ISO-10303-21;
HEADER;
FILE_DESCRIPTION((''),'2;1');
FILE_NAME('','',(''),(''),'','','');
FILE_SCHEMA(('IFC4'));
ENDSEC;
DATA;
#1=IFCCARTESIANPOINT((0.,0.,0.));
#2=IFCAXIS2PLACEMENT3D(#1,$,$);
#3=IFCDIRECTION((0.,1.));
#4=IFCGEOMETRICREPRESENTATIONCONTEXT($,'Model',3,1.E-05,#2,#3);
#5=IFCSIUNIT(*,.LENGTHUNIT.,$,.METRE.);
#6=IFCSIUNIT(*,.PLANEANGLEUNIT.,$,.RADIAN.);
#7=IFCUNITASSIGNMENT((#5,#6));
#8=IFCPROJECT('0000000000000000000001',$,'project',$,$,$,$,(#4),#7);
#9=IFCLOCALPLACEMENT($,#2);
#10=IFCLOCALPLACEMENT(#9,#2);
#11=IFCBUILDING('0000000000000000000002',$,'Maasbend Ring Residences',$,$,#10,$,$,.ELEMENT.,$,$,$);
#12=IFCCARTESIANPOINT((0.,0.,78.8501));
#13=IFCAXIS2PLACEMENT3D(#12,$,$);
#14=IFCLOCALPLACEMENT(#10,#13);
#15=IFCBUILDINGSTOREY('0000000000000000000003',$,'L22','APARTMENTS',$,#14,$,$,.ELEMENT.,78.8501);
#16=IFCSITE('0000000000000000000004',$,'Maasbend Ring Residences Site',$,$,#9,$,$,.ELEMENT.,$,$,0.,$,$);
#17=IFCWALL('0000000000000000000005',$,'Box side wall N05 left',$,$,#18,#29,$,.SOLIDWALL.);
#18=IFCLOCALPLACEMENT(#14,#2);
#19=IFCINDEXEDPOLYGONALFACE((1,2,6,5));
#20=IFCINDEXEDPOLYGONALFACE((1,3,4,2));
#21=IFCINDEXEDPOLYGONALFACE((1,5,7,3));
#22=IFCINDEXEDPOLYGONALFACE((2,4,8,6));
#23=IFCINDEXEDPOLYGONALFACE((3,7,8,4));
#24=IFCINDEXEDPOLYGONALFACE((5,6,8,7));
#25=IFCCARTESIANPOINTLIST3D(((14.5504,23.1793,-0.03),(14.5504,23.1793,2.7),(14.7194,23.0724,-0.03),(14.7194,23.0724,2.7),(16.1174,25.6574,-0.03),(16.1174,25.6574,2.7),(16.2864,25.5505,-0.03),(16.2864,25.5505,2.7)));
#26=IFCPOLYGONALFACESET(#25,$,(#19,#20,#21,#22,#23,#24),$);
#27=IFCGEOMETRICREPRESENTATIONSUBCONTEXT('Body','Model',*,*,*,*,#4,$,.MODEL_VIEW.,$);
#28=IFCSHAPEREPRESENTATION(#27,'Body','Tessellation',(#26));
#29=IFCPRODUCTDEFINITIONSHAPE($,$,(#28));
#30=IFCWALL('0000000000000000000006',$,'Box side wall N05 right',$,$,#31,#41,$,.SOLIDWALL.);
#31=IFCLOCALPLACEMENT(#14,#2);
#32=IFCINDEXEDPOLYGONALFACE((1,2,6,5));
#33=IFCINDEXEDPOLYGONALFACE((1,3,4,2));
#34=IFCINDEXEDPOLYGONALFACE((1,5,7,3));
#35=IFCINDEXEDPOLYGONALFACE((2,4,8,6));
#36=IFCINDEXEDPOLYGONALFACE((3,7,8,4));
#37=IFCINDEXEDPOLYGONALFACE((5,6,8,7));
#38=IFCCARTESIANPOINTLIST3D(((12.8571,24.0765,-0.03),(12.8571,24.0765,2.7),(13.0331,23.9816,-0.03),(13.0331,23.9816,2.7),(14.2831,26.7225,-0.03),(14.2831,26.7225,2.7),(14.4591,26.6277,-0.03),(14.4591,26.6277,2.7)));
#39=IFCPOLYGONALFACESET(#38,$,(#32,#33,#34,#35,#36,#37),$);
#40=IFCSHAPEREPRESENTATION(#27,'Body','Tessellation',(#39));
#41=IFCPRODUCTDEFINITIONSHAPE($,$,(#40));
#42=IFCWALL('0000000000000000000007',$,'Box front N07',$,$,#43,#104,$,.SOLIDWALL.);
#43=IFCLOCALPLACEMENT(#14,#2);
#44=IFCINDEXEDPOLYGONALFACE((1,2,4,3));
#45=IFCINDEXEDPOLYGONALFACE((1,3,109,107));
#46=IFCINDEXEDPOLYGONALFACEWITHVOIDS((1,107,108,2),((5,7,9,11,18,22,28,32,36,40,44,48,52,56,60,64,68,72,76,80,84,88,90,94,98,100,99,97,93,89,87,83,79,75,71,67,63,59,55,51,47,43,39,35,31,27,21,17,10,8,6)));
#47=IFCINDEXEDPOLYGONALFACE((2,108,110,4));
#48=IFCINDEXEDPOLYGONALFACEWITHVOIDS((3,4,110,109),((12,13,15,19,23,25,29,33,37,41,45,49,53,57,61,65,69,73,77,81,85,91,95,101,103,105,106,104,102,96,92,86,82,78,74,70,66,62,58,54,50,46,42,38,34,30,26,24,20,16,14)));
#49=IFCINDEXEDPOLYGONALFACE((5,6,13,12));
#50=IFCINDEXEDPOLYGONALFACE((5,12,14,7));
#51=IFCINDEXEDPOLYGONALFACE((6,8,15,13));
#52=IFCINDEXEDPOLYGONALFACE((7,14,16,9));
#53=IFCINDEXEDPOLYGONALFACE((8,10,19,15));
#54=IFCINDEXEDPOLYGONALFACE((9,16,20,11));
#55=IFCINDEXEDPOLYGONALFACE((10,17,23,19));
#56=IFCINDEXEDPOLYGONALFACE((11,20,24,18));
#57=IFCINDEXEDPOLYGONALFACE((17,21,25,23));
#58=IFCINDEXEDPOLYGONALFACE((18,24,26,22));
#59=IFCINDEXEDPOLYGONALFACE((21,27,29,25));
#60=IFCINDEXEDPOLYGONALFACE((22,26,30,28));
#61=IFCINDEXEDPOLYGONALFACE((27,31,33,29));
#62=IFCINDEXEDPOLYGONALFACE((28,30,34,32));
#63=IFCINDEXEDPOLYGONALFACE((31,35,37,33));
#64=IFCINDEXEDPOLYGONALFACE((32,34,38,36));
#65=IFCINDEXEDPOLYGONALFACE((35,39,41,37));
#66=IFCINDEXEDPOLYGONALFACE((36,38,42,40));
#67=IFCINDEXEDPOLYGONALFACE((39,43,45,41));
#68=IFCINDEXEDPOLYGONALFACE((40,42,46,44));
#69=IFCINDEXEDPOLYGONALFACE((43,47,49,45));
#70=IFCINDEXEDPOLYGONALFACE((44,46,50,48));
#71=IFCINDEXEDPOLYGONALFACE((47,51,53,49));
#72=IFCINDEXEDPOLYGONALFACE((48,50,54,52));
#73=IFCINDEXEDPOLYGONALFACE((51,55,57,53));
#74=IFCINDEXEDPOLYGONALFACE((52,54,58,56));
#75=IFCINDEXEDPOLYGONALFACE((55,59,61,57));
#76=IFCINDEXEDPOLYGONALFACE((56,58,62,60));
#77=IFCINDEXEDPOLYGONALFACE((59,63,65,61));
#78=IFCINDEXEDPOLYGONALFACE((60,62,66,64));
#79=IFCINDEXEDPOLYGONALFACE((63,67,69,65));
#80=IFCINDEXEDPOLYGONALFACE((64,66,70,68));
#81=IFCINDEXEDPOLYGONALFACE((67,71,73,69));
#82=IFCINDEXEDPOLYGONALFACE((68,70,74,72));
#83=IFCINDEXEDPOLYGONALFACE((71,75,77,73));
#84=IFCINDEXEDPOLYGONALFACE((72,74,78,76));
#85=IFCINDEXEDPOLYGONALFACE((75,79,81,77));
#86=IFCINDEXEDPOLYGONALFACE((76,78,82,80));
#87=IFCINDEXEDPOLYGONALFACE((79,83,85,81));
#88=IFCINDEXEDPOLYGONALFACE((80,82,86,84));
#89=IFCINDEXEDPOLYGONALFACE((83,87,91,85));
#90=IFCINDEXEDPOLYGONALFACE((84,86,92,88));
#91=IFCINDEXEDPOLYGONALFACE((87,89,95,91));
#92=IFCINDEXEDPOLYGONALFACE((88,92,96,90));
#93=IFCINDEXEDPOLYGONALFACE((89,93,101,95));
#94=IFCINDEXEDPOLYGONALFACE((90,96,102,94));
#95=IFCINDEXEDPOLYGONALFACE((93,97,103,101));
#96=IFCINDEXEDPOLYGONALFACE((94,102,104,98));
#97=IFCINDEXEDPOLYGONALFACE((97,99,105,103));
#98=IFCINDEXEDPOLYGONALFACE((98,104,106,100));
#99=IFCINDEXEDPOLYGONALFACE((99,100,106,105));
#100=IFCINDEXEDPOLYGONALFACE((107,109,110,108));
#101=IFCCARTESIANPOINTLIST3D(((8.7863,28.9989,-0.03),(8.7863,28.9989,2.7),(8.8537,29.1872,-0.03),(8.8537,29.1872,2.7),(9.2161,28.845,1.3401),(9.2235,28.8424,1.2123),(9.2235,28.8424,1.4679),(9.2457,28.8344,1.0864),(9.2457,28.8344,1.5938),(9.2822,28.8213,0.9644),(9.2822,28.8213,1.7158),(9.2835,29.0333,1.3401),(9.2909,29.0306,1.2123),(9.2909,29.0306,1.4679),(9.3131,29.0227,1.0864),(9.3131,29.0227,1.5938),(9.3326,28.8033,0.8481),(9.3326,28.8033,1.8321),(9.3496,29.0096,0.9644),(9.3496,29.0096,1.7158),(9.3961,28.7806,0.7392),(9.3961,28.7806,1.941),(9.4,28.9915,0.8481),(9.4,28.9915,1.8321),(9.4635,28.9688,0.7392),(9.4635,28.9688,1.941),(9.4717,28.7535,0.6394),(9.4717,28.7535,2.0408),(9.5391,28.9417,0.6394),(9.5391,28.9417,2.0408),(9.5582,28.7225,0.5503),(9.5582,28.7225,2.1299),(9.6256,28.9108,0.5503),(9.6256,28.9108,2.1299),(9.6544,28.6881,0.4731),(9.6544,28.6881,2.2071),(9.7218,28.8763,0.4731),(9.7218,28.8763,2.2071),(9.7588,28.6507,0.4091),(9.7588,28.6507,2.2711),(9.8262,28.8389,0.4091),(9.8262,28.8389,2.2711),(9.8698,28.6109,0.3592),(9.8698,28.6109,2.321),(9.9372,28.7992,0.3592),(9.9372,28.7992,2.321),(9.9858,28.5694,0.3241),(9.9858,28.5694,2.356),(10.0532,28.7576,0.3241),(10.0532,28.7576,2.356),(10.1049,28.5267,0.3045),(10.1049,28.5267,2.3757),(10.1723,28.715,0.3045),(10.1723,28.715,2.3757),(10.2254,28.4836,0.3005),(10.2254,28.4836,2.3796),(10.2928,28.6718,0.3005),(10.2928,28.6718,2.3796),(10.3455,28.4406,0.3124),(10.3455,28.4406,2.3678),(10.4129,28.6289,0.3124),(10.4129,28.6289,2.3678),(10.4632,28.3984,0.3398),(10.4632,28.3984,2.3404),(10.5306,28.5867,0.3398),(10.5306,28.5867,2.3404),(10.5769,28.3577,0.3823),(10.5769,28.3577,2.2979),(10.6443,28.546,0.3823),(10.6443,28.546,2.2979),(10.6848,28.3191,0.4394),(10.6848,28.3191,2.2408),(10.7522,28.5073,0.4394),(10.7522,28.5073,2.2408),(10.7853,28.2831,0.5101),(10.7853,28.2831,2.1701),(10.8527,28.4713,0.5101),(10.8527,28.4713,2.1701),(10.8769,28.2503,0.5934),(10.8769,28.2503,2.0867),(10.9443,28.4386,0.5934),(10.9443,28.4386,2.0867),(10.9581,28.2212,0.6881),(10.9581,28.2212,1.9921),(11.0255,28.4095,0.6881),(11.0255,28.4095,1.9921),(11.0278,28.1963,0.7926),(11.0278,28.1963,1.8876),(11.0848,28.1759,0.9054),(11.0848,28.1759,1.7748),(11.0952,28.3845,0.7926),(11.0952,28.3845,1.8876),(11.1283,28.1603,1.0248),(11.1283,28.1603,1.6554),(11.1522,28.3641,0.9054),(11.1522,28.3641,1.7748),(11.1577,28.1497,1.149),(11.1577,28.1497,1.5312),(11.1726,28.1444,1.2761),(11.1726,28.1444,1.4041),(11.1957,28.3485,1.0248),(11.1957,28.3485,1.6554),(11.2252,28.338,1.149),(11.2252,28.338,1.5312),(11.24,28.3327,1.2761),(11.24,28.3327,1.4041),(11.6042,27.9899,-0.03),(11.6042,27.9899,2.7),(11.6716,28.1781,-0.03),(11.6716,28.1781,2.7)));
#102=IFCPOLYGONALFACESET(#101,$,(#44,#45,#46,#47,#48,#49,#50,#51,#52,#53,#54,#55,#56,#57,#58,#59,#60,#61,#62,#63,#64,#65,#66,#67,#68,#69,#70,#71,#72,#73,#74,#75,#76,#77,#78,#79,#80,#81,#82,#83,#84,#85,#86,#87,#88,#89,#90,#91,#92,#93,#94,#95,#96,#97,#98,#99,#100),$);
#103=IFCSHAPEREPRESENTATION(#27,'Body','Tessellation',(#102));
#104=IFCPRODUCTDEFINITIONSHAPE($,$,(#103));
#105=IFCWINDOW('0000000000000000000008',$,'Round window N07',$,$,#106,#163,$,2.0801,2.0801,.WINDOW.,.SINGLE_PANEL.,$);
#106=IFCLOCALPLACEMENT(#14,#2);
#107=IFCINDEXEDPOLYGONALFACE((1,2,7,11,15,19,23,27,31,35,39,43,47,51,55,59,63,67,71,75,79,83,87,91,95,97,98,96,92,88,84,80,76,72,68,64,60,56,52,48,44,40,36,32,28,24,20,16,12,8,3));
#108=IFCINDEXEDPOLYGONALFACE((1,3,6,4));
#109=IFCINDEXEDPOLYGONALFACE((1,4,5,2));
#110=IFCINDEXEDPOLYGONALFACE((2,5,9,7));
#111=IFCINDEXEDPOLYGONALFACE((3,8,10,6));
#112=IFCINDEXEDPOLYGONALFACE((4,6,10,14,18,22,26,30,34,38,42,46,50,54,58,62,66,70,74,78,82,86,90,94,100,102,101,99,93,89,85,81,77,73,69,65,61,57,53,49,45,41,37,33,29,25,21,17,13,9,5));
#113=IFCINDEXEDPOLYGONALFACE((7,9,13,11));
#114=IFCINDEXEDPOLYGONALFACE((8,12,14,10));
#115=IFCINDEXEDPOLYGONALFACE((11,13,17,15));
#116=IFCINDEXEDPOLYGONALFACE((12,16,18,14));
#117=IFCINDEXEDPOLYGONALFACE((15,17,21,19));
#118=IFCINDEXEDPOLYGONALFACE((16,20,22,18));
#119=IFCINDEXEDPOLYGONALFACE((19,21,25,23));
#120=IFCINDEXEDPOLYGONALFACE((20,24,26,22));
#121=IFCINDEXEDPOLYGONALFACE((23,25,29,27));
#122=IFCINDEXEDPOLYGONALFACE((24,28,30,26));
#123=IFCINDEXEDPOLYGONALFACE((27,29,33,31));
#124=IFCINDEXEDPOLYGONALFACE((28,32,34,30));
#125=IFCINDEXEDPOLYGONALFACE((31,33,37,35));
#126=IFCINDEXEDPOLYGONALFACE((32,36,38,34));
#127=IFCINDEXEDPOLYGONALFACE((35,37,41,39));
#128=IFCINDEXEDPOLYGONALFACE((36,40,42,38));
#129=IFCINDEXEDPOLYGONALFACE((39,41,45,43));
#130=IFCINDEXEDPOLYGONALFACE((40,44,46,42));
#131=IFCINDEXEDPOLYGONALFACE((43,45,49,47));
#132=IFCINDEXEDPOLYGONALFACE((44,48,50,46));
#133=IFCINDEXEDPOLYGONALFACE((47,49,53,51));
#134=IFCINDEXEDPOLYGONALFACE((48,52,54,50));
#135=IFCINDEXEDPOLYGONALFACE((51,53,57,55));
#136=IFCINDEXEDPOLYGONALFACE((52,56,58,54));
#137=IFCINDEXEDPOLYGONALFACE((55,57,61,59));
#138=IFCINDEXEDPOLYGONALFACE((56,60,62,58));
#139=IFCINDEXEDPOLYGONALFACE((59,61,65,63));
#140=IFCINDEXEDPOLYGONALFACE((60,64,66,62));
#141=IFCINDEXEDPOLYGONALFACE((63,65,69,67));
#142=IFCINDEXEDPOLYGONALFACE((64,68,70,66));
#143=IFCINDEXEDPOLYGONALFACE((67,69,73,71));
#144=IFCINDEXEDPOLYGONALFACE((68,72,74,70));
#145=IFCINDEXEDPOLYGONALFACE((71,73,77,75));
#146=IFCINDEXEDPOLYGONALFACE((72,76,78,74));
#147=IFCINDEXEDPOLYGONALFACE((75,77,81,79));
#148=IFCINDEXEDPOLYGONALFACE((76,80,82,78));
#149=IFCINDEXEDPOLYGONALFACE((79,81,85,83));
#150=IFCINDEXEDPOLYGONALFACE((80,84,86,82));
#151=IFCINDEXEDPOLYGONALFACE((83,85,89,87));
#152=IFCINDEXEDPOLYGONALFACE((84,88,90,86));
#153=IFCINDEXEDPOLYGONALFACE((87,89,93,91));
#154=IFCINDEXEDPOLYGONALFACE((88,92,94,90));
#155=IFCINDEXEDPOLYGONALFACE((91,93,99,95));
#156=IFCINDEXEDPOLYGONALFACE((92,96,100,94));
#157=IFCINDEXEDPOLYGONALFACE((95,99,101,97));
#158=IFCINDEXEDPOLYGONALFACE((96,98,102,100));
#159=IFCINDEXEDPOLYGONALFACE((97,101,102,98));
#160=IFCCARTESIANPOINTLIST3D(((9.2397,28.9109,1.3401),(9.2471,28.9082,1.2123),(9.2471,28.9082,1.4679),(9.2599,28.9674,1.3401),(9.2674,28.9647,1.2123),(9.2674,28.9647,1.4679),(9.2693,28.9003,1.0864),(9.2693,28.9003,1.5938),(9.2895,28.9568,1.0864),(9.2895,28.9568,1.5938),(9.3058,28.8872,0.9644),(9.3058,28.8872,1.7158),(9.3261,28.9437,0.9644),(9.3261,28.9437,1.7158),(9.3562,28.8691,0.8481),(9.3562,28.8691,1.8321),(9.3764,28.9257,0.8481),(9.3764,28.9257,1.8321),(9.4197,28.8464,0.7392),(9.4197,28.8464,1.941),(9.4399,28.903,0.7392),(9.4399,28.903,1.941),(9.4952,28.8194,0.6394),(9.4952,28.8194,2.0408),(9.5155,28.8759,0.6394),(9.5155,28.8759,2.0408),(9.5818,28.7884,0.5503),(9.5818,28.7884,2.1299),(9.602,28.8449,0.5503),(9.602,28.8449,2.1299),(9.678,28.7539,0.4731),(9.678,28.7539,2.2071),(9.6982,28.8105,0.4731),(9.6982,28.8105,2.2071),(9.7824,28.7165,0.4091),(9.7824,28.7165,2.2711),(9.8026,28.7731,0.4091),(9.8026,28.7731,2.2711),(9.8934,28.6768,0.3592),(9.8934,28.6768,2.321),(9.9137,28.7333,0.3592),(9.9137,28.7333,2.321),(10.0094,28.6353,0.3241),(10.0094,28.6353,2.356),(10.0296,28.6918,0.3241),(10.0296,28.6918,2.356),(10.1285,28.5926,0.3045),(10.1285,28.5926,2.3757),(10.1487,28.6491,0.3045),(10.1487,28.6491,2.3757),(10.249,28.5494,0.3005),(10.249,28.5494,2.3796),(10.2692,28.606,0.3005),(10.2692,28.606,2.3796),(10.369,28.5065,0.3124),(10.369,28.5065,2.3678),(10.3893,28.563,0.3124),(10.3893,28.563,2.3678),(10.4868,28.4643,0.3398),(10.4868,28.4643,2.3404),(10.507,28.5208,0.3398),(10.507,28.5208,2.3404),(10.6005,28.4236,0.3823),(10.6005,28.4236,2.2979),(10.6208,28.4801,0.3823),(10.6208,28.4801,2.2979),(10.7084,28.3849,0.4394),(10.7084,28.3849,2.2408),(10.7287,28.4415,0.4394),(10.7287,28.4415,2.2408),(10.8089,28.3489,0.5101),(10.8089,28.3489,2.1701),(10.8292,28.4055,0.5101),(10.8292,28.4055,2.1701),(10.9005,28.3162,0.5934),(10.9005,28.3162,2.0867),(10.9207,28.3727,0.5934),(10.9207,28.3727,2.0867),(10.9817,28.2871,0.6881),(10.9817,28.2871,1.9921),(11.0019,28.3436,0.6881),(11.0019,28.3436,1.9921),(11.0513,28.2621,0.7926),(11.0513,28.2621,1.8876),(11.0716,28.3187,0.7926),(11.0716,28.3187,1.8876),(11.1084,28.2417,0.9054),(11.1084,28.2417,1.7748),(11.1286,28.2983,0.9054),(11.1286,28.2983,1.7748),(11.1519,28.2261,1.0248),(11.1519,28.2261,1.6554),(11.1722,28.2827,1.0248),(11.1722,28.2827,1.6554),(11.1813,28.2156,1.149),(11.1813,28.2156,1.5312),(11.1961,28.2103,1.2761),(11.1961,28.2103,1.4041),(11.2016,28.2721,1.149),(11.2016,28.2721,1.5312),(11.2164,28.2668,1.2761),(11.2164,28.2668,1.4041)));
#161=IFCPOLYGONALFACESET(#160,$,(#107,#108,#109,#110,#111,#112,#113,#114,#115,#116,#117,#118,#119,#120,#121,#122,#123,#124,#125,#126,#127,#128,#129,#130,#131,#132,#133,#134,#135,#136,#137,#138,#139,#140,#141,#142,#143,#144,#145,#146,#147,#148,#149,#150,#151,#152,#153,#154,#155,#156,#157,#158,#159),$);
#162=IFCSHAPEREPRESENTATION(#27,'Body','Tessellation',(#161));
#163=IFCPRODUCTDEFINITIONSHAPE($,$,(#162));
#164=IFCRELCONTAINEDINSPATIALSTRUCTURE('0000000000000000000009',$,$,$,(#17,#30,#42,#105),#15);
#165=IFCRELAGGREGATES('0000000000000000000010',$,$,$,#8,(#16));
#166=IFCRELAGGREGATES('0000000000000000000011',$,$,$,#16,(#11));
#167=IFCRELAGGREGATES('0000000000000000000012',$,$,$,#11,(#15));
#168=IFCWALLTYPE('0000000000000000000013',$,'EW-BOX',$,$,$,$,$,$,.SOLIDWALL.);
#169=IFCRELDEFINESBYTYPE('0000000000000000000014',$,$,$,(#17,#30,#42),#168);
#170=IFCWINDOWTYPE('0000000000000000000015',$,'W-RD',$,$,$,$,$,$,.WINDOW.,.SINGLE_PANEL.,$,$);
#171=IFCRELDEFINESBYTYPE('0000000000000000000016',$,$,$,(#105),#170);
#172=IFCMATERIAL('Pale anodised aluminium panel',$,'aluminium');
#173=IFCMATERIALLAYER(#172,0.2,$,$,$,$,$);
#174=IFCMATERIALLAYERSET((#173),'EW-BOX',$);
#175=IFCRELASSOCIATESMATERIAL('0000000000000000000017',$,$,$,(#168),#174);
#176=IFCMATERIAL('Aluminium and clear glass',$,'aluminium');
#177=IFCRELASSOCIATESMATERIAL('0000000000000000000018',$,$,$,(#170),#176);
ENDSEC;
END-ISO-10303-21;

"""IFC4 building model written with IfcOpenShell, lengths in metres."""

from ifc_helpers import new_model, si_unit, direction, frame, frame_2d, origin, place, context, subcontext, project, spatial, rectangle, circle, extrude, material, layer, layer_set, type_object, element, fill, save


model = new_model("IFC4")

# Units and contexts
model_context = context("Model", 3, precision=1e-05, world=origin(), true_north=direction((0.0, 1.0)))
body_context = subcontext(model_context, "Body", "Model", "MODEL_VIEW")
ifc_project = project(units=[si_unit("LENGTHUNIT", "METRE"), si_unit("PLANEANGLEUNIT", "RADIAN")], contexts=[model_context])

# Site, building, storey
site_placement = place(None, origin())
site = spatial("IfcSite", under=ifc_project, at=site_placement, Name="Maasbend Ring Residences Site", CompositionType="ELEMENT", RefElevation=0.0)
building_placement = place(site_placement, origin())
building = spatial("IfcBuilding", under=site, at=building_placement, Name="Maasbend Ring Residences", CompositionType="ELEMENT")
storey_placement = place(building_placement, frame((0.0, 0.0, 78.8501)))
storey = spatial("IfcBuildingStorey", under=building, at=storey_placement, Name="L22", Description="APARTMENTS", CompositionType="ELEMENT", Elevation=78.8501)

# Walls
ifc_material_1 = material(Name="Pale anodised aluminium panel", Category="aluminium")
ifc_layer_1 = layer(ifc_material_1, 0.2)
ifc_layer_set_1 = layer_set([ifc_layer_1], Name="EW-BOX")
wall_type_1 = type_object("IfcWallType", Name="EW-BOX", PredefinedType="SOLIDWALL", material=ifc_layer_set_1)
wall_1_placement = place(storey_placement, frame((14.635, 23.126, -0.03), z_axis=(0.0, 0.0, 1.0), x_axis=(0.534438, 0.845208, 0.0)))
element("IfcWall", 1, at=wall_1_placement, inside=storey, type_object=wall_type_1, Name="Box side wall N05 left", PredefinedType="SOLIDWALL", context=body_context, shape_type="SweptSolid", body=[
    extrude(rectangle(XDim=2.9319, YDim=0.2, at=frame_2d((1.4658, 0.0))), origin(), (0.0, 0.0, 1.0), 2.73),
])
wall_2_placement = place(storey_placement, frame((12.9451, 24.0291, -0.03), z_axis=(0.0, 0.0, 1.0), x_axis=(0.474424, 0.880296, 0.0)))
element("IfcWall", 2, at=wall_2_placement, inside=storey, type_object=wall_type_1, Name="Box side wall N05 right", PredefinedType="SOLIDWALL", context=body_context, shape_type="SweptSolid", body=[
    extrude(rectangle(XDim=3.0059, YDim=0.2, at=frame_2d((1.5029, 0.0))), origin(), (0.0, 0.0, 1.0), 2.73),
])

# Wall, opening, window
wall_3_placement = place(storey_placement, frame((11.6379, 28.084, -0.03), z_axis=(0.0, 0.0, 1.0), x_axis=(-0.941461, 0.337122, 0.0)))
wall_3 = element("IfcWall", 3, at=wall_3_placement, inside=storey, type_object=wall_type_1, Name="Box front N07", PredefinedType="SOLIDWALL", context=body_context, shape_type="SweptSolid", body=[
    extrude(rectangle(XDim=2.9932, YDim=0.2, at=frame_2d((1.4966, 0.0))), origin(), (0.0, 0.0, 1.0), 2.73),
])
opening_1_placement = place(wall_3_placement, frame((0.4565, 0.0, 0.3301)))
opening_1 = element("IfcOpeningElement", 4, at=opening_1_placement, cuts=wall_3, PredefinedType="OPENING", context=body_context, shape_type="SweptSolid", body=[
    extrude(circle(Radius=1.04, at=frame_2d((1.04, 1.04))), frame((0.0, 0.1099, 0.0), z_axis=(0.0, -1.0, 0.0), x_axis=(1.0, 0.0, 0.0)), (0.0, 0.0, 1.0), 0.22),
])
ifc_material_2 = material(Name="Aluminium and clear glass", Category="aluminium")
window_type_1 = type_object("IfcWindowType", Name="W-RD", PartitioningType="SINGLE_PANEL", PredefinedType="WINDOW", material=ifc_material_2)
window_1_placement = place(opening_1_placement, origin())
window_1 = element("IfcWindow", 5, at=window_1_placement, inside=storey, type_object=window_type_1, Name="Round window N07", OverallHeight=2.0801, OverallWidth=2.0801, PartitioningType="SINGLE_PANEL", PredefinedType="WINDOW", context=body_context, shape_type="SweptSolid", body=[
    extrude(circle(Radius=1.04, at=frame_2d((1.04, 1.04))), frame((0.0, 0.03, 0.0), z_axis=(0.0, -1.0, 0.0), x_axis=(1.0, 0.0, 0.0)), (0.0, 0.0, 1.0), 0.0601),
])
fill(opening_1, window_1)

save(model, "model.ifc")
